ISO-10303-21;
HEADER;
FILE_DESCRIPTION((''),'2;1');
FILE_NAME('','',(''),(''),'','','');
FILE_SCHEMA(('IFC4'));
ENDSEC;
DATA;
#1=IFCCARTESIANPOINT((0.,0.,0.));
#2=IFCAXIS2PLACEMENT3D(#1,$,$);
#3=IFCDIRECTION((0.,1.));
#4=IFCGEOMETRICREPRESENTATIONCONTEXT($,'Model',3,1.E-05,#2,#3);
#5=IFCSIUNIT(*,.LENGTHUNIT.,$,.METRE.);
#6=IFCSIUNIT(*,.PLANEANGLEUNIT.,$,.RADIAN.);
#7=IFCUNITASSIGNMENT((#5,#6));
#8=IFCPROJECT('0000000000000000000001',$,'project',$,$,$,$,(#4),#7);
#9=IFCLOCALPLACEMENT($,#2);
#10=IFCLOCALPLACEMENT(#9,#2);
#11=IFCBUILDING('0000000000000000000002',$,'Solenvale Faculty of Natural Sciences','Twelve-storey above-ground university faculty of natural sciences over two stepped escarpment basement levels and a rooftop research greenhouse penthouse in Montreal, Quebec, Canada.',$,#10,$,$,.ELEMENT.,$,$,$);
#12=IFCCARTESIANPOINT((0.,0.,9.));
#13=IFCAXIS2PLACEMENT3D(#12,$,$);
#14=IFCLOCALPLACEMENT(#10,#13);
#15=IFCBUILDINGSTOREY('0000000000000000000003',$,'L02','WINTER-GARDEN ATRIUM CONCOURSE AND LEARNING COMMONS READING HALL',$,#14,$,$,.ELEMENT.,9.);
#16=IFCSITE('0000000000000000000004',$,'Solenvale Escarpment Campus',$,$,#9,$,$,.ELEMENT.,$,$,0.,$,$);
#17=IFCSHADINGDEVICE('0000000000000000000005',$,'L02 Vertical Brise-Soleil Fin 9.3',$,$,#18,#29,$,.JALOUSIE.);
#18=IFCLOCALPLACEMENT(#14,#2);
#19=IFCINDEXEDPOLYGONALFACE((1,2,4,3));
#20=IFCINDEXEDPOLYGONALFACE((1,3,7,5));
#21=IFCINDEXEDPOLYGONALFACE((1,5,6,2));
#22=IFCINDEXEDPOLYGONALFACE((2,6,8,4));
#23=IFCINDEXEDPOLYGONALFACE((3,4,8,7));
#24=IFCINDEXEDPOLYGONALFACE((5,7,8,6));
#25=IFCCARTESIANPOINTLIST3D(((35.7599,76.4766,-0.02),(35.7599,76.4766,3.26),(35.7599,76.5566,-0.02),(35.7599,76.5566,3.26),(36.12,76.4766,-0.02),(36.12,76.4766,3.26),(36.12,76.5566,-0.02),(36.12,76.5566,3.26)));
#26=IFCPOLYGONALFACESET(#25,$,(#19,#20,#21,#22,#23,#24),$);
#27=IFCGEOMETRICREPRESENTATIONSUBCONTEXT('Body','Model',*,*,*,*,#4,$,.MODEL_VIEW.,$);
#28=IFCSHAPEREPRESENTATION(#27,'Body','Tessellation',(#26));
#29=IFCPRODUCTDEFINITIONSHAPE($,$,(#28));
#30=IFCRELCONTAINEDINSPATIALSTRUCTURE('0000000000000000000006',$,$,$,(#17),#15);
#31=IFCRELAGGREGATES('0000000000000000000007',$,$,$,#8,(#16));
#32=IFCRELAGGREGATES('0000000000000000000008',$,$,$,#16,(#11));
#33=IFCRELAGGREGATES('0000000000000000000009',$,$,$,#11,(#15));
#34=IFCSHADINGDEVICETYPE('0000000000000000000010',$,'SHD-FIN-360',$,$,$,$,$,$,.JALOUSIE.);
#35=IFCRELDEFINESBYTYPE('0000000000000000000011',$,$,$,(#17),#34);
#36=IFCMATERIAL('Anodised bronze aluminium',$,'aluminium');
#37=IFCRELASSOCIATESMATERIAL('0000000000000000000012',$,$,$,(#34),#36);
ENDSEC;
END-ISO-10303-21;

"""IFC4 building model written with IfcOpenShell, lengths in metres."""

from ifc_helpers import new_model, si_unit, direction, frame, origin, origin_2d, place, context, subcontext, project, spatial, rectangle, extrude, material, material_profile, profile_set, type_object, element, save


model = new_model("IFC4")

# Units and contexts
model_context = context("Model", 3, precision=1e-05, world=origin(), true_north=direction((0.0, 1.0)))
body_context = subcontext(model_context, "Body", "Model", "MODEL_VIEW")
ifc_project = project(units=[si_unit("LENGTHUNIT", "METRE"), si_unit("PLANEANGLEUNIT", "RADIAN")], contexts=[model_context])

# Site, building, storey
site_placement = place(None, origin())
site = spatial("IfcSite", under=ifc_project, at=site_placement, Name="Solenvale Escarpment Campus", CompositionType="ELEMENT", RefElevation=0.0)
building_placement = place(site_placement, origin())
building = spatial("IfcBuilding", under=site, at=building_placement, Name="Solenvale Faculty of Natural Sciences", Description="Twelve-storey above-ground university faculty of natural sciences over two stepped escarpment basement levels and a rooftop research greenhouse penthouse in Montreal, Quebec, Canada.", CompositionType="ELEMENT")
storey_placement = place(building_placement, frame((0.0, 0.0, 9.0)))
storey = spatial("IfcBuildingStorey", under=building, at=storey_placement, Name="L02", Description="WINTER-GARDEN ATRIUM CONCOURSE AND LEARNING COMMONS READING HALL", CompositionType="ELEMENT", Elevation=9.0)

# Shared definitions
ifc_material_1 = material(Name="Anodised bronze aluminium", Category="aluminium")

# Shading device
ifc_material_profile_1 = material_profile(ifc_material_1, rectangle(XDim=0.0801, YDim=0.3601, at=origin_2d()), Name="ALU-FIN-80x360")
ifc_profile_set_1 = profile_set([ifc_material_profile_1], Name="Anodised bronze aluminium")
shading_device_type = type_object("IfcShadingDeviceType", Name="SHD-FIN-360", PredefinedType="JALOUSIE", material=ifc_profile_set_1)
shading_device_placement = place(storey_placement, frame((35.9399, 76.5166, -0.02), z_axis=(0.0, 0.0, 1.0), x_axis=(0.0, 1.0, 0.0)))
element("IfcShadingDevice", 1, at=shading_device_placement, inside=storey, type_object=shading_device_type, Name="L02 Vertical Brise-Soleil Fin 9.3", PredefinedType="JALOUSIE", context=body_context, shape_type="SweptSolid", body=[
    extrude(rectangle(XDim=0.0801, YDim=0.3601, at=origin_2d()), origin(), (0.0, 0.0, 1.0), 3.28),
])

save(model, "model.ifc")
